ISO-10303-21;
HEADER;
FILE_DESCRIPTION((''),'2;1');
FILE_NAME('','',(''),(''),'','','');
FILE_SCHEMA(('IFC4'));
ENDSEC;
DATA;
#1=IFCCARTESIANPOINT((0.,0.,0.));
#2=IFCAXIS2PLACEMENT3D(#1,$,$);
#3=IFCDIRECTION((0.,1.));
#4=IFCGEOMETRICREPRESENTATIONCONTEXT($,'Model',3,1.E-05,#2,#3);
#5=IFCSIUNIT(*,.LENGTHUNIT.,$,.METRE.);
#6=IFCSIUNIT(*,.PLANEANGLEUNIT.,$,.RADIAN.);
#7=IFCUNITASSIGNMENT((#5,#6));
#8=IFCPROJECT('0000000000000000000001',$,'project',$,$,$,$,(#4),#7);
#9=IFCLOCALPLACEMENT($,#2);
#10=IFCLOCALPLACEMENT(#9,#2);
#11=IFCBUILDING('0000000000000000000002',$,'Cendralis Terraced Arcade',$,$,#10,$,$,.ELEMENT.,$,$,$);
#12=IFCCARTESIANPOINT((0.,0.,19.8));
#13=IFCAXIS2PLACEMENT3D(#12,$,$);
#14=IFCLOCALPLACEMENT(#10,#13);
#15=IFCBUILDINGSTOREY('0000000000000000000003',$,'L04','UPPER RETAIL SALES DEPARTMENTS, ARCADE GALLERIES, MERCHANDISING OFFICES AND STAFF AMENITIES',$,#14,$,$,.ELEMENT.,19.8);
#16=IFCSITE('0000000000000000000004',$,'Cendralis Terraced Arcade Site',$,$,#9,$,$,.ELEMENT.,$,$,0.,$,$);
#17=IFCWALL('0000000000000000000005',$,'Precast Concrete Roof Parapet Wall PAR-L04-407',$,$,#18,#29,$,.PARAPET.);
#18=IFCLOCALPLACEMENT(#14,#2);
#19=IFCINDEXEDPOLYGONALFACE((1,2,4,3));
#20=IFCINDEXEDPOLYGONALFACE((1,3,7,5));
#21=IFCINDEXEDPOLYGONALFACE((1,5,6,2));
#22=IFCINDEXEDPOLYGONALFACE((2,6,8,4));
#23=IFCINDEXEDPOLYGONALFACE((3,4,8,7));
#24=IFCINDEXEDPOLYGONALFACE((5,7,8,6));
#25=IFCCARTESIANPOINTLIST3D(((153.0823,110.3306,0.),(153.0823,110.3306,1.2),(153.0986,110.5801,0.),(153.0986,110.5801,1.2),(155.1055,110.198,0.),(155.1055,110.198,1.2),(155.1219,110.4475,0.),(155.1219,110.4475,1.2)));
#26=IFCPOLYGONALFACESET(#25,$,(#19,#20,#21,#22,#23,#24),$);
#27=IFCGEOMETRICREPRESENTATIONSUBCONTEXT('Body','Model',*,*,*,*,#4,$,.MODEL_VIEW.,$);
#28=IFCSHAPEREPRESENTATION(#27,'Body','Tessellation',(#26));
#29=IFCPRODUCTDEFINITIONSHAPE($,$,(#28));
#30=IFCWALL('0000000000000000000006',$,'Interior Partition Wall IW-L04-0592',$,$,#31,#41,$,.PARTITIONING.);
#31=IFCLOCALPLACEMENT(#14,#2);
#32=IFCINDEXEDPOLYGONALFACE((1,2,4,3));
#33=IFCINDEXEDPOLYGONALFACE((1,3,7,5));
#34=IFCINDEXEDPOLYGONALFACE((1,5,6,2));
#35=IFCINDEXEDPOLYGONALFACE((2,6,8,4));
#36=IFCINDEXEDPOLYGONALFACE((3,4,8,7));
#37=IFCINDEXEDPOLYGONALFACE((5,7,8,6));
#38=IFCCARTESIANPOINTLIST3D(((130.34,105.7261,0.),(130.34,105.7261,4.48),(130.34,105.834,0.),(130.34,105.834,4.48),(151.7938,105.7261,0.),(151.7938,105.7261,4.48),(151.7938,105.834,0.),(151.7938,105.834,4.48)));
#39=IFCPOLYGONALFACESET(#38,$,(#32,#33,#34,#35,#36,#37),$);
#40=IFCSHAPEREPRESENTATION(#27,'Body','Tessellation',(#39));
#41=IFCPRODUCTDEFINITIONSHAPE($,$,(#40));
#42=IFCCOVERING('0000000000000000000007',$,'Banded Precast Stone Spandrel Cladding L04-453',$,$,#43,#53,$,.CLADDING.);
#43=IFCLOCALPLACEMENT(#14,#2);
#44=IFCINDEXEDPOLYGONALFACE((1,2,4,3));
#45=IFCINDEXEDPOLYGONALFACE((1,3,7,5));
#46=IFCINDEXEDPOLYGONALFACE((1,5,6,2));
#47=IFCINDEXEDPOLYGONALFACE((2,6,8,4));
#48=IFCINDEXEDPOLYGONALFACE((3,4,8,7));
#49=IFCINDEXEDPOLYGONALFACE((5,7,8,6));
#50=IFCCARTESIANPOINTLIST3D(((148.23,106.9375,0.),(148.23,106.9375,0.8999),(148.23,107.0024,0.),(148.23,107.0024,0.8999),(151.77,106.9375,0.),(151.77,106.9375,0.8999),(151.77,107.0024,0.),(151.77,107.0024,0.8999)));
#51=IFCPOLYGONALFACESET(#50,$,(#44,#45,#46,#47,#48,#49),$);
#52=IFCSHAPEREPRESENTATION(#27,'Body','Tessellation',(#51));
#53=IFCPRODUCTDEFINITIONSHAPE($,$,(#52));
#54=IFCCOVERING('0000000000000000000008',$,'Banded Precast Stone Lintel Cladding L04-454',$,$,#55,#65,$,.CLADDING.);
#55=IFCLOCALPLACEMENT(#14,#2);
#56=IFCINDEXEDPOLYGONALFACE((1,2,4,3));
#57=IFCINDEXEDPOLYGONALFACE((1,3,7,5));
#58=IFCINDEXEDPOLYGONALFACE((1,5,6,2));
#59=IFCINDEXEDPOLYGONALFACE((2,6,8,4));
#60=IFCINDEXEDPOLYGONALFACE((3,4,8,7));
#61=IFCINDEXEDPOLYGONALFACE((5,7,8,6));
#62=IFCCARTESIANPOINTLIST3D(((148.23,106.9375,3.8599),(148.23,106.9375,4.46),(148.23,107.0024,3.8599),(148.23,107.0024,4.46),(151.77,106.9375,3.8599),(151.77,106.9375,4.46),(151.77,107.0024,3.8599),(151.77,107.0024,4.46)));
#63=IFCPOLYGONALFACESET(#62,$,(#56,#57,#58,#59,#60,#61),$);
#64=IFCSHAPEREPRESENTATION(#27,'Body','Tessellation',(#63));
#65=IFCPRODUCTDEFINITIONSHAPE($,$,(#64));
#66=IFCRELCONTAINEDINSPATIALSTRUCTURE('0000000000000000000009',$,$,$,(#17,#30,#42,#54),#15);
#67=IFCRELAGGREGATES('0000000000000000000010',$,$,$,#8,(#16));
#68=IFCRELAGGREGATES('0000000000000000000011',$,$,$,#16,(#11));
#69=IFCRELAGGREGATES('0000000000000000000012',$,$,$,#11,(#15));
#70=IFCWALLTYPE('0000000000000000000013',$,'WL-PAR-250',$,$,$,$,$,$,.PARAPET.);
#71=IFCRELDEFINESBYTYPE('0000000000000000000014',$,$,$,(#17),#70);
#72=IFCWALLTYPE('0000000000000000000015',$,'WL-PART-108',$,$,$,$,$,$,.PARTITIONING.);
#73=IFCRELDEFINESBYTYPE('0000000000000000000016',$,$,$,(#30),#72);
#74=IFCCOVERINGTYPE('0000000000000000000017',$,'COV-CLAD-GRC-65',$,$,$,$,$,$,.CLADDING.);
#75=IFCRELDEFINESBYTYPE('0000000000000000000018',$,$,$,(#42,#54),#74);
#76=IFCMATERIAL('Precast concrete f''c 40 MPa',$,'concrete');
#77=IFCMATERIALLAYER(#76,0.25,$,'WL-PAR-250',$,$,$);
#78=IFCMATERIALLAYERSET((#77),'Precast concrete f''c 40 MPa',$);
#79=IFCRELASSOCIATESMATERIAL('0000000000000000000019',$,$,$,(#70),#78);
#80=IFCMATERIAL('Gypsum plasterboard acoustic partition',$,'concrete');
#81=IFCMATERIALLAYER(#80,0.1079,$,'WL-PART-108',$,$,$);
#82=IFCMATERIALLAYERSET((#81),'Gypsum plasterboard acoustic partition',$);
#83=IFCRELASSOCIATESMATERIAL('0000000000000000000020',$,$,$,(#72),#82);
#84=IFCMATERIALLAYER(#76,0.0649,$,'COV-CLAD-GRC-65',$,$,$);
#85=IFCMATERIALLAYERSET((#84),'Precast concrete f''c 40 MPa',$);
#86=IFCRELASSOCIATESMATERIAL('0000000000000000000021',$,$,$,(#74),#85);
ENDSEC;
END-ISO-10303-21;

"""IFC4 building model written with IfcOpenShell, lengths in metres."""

from ifc_helpers import new_model, si_unit, direction, frame, frame_2d, origin, origin_2d, place, context, subcontext, project, spatial, rectangle, extrude, material, layer, layer_set, type_object, element, save


model = new_model("IFC4")

# Units and contexts
model_context = context("Model", 3, precision=1e-05, world=origin(), true_north=direction((0.0, 1.0)))
body_context = subcontext(model_context, "Body", "Model", "MODEL_VIEW")
ifc_project = project(units=[si_unit("LENGTHUNIT", "METRE"), si_unit("PLANEANGLEUNIT", "RADIAN")], contexts=[model_context])

# Site, building, storey
site_placement = place(None, origin())
site = spatial("IfcSite", under=ifc_project, at=site_placement, Name="Cendralis Terraced Arcade Site", CompositionType="ELEMENT", RefElevation=0.0)
building_placement = place(site_placement, origin())
building = spatial("IfcBuilding", under=site, at=building_placement, Name="Cendralis Terraced Arcade", CompositionType="ELEMENT")
storey_placement = place(building_placement, frame((0.0, 0.0, 19.8)))
storey = spatial("IfcBuildingStorey", under=building, at=storey_placement, Name="L04", Description="UPPER RETAIL SALES DEPARTMENTS, ARCADE GALLERIES, MERCHANDISING OFFICES AND STAFF AMENITIES", CompositionType="ELEMENT", Elevation=19.8)

# Shared definitions
ifc_material_1 = material(Name="Precast concrete f'c 40 MPa", Category="concrete")

# Walls
ifc_layer_1 = layer(ifc_material_1, 0.25, Name="WL-PAR-250")
ifc_layer_set_1 = layer_set([ifc_layer_1], Name="Precast concrete f'c 40 MPa")
wall_type_1 = type_object("IfcWallType", Name="WL-PAR-250", PredefinedType="PARAPET", material=ifc_layer_set_1)
wall_1_placement = place(storey_placement, frame((153.0906, 110.4553, 0.0), z_axis=(0.0, 0.0, 1.0), x_axis=(0.99786, -0.065384, 0.0)))
element("IfcWall", 1, at=wall_1_placement, inside=storey, type_object=wall_type_1, Name="Precast Concrete Roof Parapet Wall PAR-L04-407", PredefinedType="PARAPET", context=body_context, shape_type="SweptSolid", body=[
    extrude(rectangle(XDim=2.0276, YDim=0.25, at=frame_2d((1.0137, 0.0))), origin(), (0.0, 0.0, 1.0), 1.2),
])
ifc_material_2 = material(Name="Gypsum plasterboard acoustic partition", Category="concrete")
ifc_layer_2 = layer(ifc_material_2, 0.1079, Name="WL-PART-108")
ifc_layer_set_2 = layer_set([ifc_layer_2], Name="Gypsum plasterboard acoustic partition")
wall_type_2 = type_object("IfcWallType", Name="WL-PART-108", PredefinedType="PARTITIONING", material=ifc_layer_set_2)
wall_2_placement = place(storey_placement, frame((151.7939, 105.78, 0.0), z_axis=(0.0, 0.0, 1.0), x_axis=(-1.0, 0.0, 0.0)))
element("IfcWall", 2, at=wall_2_placement, inside=storey, type_object=wall_type_2, Name="Interior Partition Wall IW-L04-0592", PredefinedType="PARTITIONING", context=body_context, shape_type="SweptSolid", body=[
    extrude(rectangle(XDim=21.4539, YDim=0.1079, at=frame_2d((10.7271, 0.0))), origin(), (0.0, 0.0, 1.0), 4.48),
])

# Coverings
ifc_layer_3 = layer(ifc_material_1, 0.0649, Name="COV-CLAD-GRC-65")
ifc_layer_set_3 = layer_set([ifc_layer_3], Name="Precast concrete f'c 40 MPa")
covering_type = type_object("IfcCoveringType", Name="COV-CLAD-GRC-65", PredefinedType="CLADDING", material=ifc_layer_set_3)
covering_1_placement = place(storey_placement, frame((150.0, 106.97, 0.0), z_axis=(0.0, 0.0, 1.0), x_axis=(1.0, 0.0, 0.0)))
element("IfcCovering", 3, at=covering_1_placement, inside=storey, type_object=covering_type, Name="Banded Precast Stone Spandrel Cladding L04-453", PredefinedType="CLADDING", context=body_context, shape_type="SweptSolid", body=[
    extrude(rectangle(XDim=3.54, YDim=0.0649, at=origin_2d()), origin(), (0.0, 0.0, 1.0), 0.8999),
])
covering_2_placement = place(storey_placement, frame((150.0, 106.97, 3.8599), z_axis=(0.0, 0.0, 1.0), x_axis=(1.0, 0.0, 0.0)))
element("IfcCovering", 4, at=covering_2_placement, inside=storey, type_object=covering_type, Name="Banded Precast Stone Lintel Cladding L04-454", PredefinedType="CLADDING", context=body_context, shape_type="SweptSolid", body=[
    extrude(rectangle(XDim=3.54, YDim=0.0649, at=origin_2d()), origin(), (0.0, 0.0, 1.0), 0.6001),
])

save(model, "model.ifc")
